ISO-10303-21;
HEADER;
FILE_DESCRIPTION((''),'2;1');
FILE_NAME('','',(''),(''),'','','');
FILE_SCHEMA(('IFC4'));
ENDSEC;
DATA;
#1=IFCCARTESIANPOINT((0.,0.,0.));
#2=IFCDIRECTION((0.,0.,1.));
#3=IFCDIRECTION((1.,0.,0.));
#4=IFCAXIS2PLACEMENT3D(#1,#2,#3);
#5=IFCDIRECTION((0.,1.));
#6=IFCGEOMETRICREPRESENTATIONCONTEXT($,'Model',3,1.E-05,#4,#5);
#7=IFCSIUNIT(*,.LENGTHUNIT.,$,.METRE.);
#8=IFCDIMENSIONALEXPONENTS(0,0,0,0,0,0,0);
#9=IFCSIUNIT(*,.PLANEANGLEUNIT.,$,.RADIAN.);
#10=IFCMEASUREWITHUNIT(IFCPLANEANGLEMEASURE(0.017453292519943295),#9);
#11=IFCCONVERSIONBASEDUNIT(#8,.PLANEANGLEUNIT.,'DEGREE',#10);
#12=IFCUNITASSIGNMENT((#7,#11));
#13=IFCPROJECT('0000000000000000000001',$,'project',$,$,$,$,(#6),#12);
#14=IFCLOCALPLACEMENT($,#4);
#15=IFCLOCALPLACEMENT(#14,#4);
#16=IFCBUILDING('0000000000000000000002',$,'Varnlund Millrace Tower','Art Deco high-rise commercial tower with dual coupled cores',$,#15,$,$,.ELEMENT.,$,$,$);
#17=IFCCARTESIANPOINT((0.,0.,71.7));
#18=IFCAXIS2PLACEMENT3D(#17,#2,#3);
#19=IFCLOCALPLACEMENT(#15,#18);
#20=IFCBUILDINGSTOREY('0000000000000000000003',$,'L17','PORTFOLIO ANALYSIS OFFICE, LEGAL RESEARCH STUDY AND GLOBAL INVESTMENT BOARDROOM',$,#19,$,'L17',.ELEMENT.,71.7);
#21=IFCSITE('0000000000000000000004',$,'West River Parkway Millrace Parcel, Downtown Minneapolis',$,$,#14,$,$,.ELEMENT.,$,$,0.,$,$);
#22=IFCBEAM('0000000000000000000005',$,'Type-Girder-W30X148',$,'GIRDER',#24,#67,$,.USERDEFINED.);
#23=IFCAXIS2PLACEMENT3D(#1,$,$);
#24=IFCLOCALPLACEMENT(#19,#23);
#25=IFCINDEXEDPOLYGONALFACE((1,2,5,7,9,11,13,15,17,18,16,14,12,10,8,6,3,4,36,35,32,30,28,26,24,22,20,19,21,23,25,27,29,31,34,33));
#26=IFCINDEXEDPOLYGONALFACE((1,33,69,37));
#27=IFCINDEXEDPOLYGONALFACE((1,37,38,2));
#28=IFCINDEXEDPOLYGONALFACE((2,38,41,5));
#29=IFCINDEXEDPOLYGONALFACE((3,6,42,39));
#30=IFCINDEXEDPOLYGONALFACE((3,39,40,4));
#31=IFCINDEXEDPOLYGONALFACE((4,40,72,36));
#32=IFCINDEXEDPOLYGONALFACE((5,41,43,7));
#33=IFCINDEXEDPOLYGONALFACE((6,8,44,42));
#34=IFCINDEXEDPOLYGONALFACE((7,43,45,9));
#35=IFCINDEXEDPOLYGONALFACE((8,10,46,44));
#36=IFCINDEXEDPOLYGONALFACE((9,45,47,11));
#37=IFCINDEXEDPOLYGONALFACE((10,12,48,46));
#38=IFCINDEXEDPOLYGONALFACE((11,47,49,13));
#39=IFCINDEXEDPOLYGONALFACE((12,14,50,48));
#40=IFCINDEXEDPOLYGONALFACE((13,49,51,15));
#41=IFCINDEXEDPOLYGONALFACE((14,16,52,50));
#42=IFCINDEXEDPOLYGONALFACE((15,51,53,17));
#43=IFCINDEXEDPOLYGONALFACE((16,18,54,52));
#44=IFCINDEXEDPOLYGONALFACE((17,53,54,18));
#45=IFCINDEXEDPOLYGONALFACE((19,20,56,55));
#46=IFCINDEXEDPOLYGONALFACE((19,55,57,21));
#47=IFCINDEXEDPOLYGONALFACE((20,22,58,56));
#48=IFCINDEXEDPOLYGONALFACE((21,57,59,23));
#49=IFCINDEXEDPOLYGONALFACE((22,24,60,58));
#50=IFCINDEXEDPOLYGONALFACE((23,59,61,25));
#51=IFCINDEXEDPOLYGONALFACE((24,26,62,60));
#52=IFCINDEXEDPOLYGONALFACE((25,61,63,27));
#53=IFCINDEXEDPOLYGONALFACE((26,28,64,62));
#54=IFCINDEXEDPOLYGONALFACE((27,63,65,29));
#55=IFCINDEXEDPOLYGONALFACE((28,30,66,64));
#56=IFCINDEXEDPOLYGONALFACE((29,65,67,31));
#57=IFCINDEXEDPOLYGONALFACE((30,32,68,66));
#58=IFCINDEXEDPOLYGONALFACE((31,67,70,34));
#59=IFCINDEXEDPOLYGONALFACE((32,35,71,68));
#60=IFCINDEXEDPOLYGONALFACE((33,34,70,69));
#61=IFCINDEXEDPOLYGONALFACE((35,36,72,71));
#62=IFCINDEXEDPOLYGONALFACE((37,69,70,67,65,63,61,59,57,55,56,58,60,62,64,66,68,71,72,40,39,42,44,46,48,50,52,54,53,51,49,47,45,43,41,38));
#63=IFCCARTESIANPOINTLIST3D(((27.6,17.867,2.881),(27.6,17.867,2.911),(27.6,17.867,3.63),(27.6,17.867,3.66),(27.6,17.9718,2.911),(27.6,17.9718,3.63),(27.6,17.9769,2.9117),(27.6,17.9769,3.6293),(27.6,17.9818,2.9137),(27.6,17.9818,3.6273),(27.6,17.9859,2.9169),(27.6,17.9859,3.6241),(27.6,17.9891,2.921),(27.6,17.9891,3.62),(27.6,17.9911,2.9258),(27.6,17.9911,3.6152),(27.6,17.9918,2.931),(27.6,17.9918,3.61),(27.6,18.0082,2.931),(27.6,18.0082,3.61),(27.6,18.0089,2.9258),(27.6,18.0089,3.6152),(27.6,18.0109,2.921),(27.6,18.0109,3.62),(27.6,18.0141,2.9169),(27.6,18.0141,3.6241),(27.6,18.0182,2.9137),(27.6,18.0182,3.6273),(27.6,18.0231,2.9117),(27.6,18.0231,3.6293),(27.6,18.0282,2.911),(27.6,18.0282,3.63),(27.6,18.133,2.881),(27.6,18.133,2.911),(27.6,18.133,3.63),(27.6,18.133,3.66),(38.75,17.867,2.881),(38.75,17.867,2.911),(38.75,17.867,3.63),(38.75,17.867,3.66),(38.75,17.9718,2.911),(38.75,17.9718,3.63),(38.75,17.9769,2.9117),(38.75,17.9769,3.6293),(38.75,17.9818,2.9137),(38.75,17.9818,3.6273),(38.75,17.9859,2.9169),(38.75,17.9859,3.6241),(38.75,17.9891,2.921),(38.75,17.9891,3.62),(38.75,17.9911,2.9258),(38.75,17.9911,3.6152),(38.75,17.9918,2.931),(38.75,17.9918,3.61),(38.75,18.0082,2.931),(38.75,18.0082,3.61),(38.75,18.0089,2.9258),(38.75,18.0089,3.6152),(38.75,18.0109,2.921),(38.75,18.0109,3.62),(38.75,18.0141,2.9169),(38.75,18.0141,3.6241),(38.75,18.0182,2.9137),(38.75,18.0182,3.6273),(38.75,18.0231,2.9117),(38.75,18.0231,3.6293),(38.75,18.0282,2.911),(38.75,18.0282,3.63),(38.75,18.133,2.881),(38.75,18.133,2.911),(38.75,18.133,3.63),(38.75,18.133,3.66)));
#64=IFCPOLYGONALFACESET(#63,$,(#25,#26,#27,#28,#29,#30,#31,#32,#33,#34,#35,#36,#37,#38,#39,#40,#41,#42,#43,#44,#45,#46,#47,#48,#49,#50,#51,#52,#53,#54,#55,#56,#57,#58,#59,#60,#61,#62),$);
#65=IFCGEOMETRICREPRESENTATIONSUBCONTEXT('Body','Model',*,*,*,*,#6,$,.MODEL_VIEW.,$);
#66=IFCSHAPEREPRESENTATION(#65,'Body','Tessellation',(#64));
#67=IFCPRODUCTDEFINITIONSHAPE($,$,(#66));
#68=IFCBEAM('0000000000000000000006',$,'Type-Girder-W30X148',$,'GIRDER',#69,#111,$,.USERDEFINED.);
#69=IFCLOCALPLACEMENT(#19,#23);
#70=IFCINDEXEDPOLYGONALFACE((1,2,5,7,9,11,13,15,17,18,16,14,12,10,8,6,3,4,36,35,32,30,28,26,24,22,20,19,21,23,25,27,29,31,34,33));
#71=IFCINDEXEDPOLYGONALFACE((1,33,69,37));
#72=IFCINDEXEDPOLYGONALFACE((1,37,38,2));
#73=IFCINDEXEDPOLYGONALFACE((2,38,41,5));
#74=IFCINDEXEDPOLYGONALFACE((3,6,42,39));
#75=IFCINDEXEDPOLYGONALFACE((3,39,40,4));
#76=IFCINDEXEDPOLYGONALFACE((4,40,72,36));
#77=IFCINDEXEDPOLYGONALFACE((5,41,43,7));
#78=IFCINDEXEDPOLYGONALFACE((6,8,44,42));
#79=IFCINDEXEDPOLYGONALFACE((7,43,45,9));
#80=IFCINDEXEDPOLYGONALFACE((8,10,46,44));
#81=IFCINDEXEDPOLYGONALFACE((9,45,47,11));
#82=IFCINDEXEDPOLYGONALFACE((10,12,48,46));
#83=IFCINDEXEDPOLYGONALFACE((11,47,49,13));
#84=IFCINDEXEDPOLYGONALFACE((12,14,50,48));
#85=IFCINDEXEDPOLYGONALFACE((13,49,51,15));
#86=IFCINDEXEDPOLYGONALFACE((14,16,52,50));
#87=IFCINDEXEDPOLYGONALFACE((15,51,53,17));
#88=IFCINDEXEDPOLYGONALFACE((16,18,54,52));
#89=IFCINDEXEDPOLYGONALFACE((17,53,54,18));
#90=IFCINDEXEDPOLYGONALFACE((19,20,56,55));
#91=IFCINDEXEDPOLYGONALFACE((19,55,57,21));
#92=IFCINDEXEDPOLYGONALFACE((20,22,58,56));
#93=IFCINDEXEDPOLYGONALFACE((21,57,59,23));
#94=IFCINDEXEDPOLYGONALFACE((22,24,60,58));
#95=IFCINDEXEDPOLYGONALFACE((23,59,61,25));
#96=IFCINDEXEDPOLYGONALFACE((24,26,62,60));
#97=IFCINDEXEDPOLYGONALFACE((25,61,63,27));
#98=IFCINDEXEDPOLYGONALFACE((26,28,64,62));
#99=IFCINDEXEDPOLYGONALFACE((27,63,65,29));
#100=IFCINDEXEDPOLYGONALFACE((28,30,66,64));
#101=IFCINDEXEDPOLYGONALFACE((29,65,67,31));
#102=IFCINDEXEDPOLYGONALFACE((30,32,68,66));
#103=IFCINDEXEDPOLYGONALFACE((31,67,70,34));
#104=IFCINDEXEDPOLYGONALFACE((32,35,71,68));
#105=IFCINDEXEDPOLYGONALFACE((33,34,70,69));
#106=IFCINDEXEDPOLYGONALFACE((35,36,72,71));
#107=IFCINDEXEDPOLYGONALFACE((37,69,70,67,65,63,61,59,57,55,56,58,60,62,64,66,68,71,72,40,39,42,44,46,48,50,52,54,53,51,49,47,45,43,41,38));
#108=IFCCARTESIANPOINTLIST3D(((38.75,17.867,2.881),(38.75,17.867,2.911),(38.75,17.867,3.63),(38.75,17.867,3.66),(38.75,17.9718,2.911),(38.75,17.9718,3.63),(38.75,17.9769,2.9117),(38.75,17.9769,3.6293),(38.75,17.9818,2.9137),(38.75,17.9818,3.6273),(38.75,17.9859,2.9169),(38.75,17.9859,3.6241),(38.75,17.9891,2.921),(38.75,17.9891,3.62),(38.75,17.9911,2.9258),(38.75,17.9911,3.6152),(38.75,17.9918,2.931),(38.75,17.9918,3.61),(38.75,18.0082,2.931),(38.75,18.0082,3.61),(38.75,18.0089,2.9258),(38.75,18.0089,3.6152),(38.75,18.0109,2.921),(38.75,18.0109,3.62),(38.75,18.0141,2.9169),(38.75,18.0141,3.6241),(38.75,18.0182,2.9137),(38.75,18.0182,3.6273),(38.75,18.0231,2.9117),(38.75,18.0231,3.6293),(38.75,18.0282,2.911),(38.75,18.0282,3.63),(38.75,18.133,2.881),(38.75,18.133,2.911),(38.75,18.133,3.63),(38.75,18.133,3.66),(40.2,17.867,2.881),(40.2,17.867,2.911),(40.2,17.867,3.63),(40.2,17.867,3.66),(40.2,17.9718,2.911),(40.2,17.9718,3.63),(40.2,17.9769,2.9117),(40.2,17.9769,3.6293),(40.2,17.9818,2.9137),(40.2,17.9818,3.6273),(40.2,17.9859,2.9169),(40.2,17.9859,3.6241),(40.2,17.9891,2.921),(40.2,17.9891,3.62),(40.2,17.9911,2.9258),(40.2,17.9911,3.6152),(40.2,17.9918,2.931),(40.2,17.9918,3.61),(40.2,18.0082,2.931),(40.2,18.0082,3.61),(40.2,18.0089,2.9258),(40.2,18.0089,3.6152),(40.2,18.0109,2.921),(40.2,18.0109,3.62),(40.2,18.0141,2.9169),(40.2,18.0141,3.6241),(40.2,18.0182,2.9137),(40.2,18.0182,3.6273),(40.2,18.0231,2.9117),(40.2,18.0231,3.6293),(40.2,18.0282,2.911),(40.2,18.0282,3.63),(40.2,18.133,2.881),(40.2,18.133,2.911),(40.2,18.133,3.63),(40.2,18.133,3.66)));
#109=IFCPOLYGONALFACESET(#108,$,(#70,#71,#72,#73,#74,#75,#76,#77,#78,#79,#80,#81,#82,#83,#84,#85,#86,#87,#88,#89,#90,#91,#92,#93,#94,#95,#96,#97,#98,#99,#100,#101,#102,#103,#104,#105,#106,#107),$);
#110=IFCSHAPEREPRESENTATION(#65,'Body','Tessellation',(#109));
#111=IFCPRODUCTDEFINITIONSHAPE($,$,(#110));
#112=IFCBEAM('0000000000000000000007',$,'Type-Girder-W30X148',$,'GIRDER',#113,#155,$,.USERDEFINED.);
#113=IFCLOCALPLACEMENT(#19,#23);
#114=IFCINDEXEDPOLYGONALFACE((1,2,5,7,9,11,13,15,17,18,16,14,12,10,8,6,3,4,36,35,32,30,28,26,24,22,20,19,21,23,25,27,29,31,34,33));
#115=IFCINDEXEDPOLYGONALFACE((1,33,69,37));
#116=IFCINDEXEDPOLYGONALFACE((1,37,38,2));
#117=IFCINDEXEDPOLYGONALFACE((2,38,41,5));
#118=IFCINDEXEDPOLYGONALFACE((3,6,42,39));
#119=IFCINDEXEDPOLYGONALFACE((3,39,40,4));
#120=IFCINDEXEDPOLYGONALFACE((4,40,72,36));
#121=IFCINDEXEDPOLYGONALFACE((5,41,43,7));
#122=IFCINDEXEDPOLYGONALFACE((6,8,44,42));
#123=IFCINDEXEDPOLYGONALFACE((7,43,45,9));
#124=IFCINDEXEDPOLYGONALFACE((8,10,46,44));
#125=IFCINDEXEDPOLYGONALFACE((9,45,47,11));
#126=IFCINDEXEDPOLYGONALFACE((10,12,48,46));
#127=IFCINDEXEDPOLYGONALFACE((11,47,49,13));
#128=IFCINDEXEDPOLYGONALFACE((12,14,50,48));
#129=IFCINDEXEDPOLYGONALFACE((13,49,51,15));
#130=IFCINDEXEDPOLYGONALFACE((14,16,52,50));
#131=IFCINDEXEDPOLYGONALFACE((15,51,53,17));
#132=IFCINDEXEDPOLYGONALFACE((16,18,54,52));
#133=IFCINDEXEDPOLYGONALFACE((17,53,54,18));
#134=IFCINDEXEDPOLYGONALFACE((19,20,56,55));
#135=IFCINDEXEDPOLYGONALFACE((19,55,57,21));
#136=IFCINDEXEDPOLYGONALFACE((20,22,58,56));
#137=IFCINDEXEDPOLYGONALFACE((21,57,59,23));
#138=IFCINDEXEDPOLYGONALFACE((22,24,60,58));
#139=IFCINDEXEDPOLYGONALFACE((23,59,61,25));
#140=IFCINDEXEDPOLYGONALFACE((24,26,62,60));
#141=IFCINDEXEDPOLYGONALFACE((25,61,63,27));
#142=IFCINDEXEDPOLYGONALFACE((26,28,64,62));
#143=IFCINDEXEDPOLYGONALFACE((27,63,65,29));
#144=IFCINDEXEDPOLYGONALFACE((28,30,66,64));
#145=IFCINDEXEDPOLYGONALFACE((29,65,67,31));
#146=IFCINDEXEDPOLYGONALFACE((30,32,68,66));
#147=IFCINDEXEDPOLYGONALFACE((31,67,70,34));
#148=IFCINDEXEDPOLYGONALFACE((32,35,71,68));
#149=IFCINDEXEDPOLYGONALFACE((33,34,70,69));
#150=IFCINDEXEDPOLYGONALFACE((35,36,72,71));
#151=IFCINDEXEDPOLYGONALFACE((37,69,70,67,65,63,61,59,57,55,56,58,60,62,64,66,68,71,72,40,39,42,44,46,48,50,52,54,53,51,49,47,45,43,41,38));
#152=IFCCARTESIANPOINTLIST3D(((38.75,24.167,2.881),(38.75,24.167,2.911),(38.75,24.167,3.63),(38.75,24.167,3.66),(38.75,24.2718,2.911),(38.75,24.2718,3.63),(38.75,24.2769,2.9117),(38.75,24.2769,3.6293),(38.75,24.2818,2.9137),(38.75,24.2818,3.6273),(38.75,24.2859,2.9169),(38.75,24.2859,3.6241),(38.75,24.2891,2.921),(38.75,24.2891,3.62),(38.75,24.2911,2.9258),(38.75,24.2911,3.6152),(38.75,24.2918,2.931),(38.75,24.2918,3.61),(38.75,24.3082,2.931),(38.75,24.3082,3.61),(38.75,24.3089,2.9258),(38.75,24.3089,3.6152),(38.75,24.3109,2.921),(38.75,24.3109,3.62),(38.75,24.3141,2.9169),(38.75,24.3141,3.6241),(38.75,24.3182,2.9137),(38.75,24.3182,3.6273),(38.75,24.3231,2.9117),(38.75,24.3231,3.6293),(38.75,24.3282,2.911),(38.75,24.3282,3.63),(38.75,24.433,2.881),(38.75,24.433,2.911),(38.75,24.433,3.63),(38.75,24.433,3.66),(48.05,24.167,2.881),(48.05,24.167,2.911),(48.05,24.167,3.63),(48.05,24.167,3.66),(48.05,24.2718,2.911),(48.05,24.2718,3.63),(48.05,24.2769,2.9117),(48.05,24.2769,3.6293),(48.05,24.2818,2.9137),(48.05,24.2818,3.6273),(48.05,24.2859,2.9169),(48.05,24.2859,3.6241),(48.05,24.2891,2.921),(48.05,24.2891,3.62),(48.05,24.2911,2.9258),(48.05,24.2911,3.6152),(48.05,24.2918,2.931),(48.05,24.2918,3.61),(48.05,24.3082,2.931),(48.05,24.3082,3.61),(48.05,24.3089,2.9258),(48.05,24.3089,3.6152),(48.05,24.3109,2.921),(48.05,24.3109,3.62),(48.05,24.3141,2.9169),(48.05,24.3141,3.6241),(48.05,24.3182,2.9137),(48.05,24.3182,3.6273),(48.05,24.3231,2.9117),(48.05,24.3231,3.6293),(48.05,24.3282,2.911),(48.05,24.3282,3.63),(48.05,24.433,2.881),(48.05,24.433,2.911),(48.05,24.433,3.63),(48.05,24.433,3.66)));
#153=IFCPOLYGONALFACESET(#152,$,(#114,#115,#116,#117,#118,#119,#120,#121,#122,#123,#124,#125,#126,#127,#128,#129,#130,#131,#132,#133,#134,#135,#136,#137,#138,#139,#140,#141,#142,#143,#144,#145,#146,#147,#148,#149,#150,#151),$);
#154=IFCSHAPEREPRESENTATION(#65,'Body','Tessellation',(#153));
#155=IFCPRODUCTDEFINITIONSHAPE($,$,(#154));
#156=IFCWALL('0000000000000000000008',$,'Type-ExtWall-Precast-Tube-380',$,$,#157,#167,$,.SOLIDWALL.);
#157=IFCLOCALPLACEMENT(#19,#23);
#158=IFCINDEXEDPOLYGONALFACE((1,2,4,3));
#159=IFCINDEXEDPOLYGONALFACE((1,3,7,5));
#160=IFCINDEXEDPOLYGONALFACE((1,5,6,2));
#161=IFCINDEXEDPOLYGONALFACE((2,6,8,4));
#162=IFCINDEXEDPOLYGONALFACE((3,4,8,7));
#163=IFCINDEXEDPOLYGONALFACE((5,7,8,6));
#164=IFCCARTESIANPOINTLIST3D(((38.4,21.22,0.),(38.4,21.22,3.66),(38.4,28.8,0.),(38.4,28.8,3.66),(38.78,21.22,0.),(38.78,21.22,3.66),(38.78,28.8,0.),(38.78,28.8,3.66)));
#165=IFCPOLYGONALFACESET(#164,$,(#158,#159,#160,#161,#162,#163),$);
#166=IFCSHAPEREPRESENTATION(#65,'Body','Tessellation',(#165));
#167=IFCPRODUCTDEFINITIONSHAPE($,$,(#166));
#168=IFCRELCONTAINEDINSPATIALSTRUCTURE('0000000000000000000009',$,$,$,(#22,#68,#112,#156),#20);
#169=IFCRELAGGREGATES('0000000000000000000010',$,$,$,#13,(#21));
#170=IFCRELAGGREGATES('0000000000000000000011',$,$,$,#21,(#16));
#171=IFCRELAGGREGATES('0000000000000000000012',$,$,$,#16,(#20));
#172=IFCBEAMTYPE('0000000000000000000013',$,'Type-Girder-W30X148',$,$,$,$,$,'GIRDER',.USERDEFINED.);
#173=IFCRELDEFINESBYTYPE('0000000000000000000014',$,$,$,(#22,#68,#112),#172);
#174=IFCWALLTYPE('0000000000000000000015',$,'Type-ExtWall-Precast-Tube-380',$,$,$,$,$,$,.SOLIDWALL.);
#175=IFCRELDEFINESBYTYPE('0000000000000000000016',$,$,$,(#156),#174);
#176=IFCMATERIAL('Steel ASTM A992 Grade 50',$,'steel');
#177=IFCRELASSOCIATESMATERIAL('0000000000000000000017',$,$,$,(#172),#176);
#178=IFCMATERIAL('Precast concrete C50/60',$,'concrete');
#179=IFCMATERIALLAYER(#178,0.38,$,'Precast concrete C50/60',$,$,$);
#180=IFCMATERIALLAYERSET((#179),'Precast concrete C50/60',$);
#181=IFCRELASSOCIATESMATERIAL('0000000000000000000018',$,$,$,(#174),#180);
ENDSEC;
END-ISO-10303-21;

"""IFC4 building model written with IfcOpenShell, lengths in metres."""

from ifc_helpers import new_model, entity, si_unit, converted_unit, direction, frame, origin_with_axes, origin_2d_with_axis, place, context, subcontext, project, spatial, polyline, i_section, outline, extrude, material, layer, layer_set, material_profile, profile_set, type_object, element, save


model = new_model("IFC4")

# Units and contexts
model_context = context("Model", 3, precision=1e-05, world=origin_with_axes(), true_north=direction((0.0, 1.0)))
body_context = subcontext(model_context, "Body", "Model", "MODEL_VIEW")
ifc_project = project(units=[si_unit("LENGTHUNIT", "METRE"), converted_unit("PLANEANGLEUNIT", "DEGREE", entity("IfcPlaneAngleMeasure", 0.017453292519943295), si_unit("PLANEANGLEUNIT", "RADIAN"), dimensions=[0, 0, 0, 0, 0, 0, 0])], contexts=[model_context])

# Site, building, storey
site_placement = place(None, origin_with_axes())
site = spatial("IfcSite", under=ifc_project, at=site_placement, Name="West River Parkway Millrace Parcel, Downtown Minneapolis", CompositionType="ELEMENT", RefElevation=0.0)
building_placement = place(site_placement, origin_with_axes())
building = spatial("IfcBuilding", under=site, at=building_placement, Name="Varnlund Millrace Tower", Description="Art Deco high-rise commercial tower with dual coupled cores", CompositionType="ELEMENT")
storey_placement = place(building_placement, frame((0.0, 0.0, 71.7), z_axis=(0.0, 0.0, 1.0), x_axis=(1.0, 0.0, 0.0)))
storey = spatial("IfcBuildingStorey", under=building, at=storey_placement, Name="L17", Description="PORTFOLIO ANALYSIS OFFICE, LEGAL RESEARCH STUDY AND GLOBAL INVESTMENT BOARDROOM", LongName="L17", CompositionType="ELEMENT", Elevation=71.7)

# Beams
ifc_material_1 = material(Name="Steel ASTM A992 Grade 50", Category="steel")
ifc_material_profile_1 = material_profile(ifc_material_1, i_section(OverallWidth=0.266, OverallDepth=0.779, WebThickness=0.0165, FlangeThickness=0.03, FilletRadius=0.02, at=origin_2d_with_axis()), Name="Steel ASTM A992 Grade 50")
ifc_profile_set_1 = profile_set([ifc_material_profile_1], Name="Steel ASTM A992 Grade 50")
beam_type_1 = type_object("IfcBeamType", Name="Type-Girder-W30X148", ElementType="GIRDER", PredefinedType="USERDEFINED", material=ifc_profile_set_1)
beam_1_placement = place(storey_placement, frame((27.6, 18.0, 3.2705), z_axis=(1.0, 0.0, 0.0), x_axis=(0.0, 1.0, 0.0)))
element("IfcBeam", 1, at=beam_1_placement, inside=storey, type_object=beam_type_1, Name="Type-Girder-W30X148", ObjectType="GIRDER", PredefinedType="USERDEFINED", context=body_context, shape_type="SweptSolid", body=[
    extrude(i_section(OverallWidth=0.266, OverallDepth=0.779, WebThickness=0.0165, FlangeThickness=0.03, FilletRadius=0.02, at=origin_2d_with_axis()), origin_with_axes(), (0.0, 0.0, 1.0), 11.15),
])
beam_2_placement = place(storey_placement, frame((38.75, 18.0, 3.2705), z_axis=(1.0, 0.0, 0.0), x_axis=(0.0, 1.0, 0.0)))
element("IfcBeam", 2, at=beam_2_placement, inside=storey, type_object=beam_type_1, Name="Type-Girder-W30X148", ObjectType="GIRDER", PredefinedType="USERDEFINED", context=body_context, shape_type="SweptSolid", body=[
    extrude(i_section(OverallWidth=0.266, OverallDepth=0.779, WebThickness=0.0165, FlangeThickness=0.03, FilletRadius=0.02, at=origin_2d_with_axis()), origin_with_axes(), (0.0, 0.0, 1.0), 1.45),
])
beam_3_placement = place(storey_placement, frame((38.75, 24.3, 3.2705), z_axis=(1.0, 0.0, 0.0), x_axis=(0.0, 1.0, 0.0)))
element("IfcBeam", 3, at=beam_3_placement, inside=storey, type_object=beam_type_1, Name="Type-Girder-W30X148", ObjectType="GIRDER", PredefinedType="USERDEFINED", context=body_context, shape_type="SweptSolid", body=[
    extrude(i_section(OverallWidth=0.266, OverallDepth=0.779, WebThickness=0.0165, FlangeThickness=0.03, FilletRadius=0.02, at=origin_2d_with_axis()), origin_with_axes(), (0.0, 0.0, 1.0), 9.3),
])

# Wall
ifc_material_2 = material(Name="Precast concrete C50/60", Category="concrete")
ifc_layer_1 = layer(ifc_material_2, 0.38, Name="Precast concrete C50/60")
ifc_layer_set_1 = layer_set([ifc_layer_1], Name="Precast concrete C50/60")
wall_type_1 = type_object("IfcWallType", Name="Type-ExtWall-Precast-Tube-380", PredefinedType="SOLIDWALL", material=ifc_layer_set_1)
wall_1_placement = place(storey_placement, frame((38.59, 21.22, 0.0), z_axis=(0.0, 0.0, 1.0), x_axis=(0.0, 1.0, 0.0)))
element("IfcWall", 4, at=wall_1_placement, inside=storey, type_object=wall_type_1, Name="Type-ExtWall-Precast-Tube-380", PredefinedType="SOLIDWALL", context=body_context, shape_type="SweptSolid", body=[
    extrude(outline(polyline([(0.0, -0.19), (7.58, -0.19), (7.58, 0.19), (0.0, 0.19), (0.0, -0.19)])), origin_with_axes(), (0.0, 0.0, 1.0), 3.66),
])

save(model, "model.ifc")
